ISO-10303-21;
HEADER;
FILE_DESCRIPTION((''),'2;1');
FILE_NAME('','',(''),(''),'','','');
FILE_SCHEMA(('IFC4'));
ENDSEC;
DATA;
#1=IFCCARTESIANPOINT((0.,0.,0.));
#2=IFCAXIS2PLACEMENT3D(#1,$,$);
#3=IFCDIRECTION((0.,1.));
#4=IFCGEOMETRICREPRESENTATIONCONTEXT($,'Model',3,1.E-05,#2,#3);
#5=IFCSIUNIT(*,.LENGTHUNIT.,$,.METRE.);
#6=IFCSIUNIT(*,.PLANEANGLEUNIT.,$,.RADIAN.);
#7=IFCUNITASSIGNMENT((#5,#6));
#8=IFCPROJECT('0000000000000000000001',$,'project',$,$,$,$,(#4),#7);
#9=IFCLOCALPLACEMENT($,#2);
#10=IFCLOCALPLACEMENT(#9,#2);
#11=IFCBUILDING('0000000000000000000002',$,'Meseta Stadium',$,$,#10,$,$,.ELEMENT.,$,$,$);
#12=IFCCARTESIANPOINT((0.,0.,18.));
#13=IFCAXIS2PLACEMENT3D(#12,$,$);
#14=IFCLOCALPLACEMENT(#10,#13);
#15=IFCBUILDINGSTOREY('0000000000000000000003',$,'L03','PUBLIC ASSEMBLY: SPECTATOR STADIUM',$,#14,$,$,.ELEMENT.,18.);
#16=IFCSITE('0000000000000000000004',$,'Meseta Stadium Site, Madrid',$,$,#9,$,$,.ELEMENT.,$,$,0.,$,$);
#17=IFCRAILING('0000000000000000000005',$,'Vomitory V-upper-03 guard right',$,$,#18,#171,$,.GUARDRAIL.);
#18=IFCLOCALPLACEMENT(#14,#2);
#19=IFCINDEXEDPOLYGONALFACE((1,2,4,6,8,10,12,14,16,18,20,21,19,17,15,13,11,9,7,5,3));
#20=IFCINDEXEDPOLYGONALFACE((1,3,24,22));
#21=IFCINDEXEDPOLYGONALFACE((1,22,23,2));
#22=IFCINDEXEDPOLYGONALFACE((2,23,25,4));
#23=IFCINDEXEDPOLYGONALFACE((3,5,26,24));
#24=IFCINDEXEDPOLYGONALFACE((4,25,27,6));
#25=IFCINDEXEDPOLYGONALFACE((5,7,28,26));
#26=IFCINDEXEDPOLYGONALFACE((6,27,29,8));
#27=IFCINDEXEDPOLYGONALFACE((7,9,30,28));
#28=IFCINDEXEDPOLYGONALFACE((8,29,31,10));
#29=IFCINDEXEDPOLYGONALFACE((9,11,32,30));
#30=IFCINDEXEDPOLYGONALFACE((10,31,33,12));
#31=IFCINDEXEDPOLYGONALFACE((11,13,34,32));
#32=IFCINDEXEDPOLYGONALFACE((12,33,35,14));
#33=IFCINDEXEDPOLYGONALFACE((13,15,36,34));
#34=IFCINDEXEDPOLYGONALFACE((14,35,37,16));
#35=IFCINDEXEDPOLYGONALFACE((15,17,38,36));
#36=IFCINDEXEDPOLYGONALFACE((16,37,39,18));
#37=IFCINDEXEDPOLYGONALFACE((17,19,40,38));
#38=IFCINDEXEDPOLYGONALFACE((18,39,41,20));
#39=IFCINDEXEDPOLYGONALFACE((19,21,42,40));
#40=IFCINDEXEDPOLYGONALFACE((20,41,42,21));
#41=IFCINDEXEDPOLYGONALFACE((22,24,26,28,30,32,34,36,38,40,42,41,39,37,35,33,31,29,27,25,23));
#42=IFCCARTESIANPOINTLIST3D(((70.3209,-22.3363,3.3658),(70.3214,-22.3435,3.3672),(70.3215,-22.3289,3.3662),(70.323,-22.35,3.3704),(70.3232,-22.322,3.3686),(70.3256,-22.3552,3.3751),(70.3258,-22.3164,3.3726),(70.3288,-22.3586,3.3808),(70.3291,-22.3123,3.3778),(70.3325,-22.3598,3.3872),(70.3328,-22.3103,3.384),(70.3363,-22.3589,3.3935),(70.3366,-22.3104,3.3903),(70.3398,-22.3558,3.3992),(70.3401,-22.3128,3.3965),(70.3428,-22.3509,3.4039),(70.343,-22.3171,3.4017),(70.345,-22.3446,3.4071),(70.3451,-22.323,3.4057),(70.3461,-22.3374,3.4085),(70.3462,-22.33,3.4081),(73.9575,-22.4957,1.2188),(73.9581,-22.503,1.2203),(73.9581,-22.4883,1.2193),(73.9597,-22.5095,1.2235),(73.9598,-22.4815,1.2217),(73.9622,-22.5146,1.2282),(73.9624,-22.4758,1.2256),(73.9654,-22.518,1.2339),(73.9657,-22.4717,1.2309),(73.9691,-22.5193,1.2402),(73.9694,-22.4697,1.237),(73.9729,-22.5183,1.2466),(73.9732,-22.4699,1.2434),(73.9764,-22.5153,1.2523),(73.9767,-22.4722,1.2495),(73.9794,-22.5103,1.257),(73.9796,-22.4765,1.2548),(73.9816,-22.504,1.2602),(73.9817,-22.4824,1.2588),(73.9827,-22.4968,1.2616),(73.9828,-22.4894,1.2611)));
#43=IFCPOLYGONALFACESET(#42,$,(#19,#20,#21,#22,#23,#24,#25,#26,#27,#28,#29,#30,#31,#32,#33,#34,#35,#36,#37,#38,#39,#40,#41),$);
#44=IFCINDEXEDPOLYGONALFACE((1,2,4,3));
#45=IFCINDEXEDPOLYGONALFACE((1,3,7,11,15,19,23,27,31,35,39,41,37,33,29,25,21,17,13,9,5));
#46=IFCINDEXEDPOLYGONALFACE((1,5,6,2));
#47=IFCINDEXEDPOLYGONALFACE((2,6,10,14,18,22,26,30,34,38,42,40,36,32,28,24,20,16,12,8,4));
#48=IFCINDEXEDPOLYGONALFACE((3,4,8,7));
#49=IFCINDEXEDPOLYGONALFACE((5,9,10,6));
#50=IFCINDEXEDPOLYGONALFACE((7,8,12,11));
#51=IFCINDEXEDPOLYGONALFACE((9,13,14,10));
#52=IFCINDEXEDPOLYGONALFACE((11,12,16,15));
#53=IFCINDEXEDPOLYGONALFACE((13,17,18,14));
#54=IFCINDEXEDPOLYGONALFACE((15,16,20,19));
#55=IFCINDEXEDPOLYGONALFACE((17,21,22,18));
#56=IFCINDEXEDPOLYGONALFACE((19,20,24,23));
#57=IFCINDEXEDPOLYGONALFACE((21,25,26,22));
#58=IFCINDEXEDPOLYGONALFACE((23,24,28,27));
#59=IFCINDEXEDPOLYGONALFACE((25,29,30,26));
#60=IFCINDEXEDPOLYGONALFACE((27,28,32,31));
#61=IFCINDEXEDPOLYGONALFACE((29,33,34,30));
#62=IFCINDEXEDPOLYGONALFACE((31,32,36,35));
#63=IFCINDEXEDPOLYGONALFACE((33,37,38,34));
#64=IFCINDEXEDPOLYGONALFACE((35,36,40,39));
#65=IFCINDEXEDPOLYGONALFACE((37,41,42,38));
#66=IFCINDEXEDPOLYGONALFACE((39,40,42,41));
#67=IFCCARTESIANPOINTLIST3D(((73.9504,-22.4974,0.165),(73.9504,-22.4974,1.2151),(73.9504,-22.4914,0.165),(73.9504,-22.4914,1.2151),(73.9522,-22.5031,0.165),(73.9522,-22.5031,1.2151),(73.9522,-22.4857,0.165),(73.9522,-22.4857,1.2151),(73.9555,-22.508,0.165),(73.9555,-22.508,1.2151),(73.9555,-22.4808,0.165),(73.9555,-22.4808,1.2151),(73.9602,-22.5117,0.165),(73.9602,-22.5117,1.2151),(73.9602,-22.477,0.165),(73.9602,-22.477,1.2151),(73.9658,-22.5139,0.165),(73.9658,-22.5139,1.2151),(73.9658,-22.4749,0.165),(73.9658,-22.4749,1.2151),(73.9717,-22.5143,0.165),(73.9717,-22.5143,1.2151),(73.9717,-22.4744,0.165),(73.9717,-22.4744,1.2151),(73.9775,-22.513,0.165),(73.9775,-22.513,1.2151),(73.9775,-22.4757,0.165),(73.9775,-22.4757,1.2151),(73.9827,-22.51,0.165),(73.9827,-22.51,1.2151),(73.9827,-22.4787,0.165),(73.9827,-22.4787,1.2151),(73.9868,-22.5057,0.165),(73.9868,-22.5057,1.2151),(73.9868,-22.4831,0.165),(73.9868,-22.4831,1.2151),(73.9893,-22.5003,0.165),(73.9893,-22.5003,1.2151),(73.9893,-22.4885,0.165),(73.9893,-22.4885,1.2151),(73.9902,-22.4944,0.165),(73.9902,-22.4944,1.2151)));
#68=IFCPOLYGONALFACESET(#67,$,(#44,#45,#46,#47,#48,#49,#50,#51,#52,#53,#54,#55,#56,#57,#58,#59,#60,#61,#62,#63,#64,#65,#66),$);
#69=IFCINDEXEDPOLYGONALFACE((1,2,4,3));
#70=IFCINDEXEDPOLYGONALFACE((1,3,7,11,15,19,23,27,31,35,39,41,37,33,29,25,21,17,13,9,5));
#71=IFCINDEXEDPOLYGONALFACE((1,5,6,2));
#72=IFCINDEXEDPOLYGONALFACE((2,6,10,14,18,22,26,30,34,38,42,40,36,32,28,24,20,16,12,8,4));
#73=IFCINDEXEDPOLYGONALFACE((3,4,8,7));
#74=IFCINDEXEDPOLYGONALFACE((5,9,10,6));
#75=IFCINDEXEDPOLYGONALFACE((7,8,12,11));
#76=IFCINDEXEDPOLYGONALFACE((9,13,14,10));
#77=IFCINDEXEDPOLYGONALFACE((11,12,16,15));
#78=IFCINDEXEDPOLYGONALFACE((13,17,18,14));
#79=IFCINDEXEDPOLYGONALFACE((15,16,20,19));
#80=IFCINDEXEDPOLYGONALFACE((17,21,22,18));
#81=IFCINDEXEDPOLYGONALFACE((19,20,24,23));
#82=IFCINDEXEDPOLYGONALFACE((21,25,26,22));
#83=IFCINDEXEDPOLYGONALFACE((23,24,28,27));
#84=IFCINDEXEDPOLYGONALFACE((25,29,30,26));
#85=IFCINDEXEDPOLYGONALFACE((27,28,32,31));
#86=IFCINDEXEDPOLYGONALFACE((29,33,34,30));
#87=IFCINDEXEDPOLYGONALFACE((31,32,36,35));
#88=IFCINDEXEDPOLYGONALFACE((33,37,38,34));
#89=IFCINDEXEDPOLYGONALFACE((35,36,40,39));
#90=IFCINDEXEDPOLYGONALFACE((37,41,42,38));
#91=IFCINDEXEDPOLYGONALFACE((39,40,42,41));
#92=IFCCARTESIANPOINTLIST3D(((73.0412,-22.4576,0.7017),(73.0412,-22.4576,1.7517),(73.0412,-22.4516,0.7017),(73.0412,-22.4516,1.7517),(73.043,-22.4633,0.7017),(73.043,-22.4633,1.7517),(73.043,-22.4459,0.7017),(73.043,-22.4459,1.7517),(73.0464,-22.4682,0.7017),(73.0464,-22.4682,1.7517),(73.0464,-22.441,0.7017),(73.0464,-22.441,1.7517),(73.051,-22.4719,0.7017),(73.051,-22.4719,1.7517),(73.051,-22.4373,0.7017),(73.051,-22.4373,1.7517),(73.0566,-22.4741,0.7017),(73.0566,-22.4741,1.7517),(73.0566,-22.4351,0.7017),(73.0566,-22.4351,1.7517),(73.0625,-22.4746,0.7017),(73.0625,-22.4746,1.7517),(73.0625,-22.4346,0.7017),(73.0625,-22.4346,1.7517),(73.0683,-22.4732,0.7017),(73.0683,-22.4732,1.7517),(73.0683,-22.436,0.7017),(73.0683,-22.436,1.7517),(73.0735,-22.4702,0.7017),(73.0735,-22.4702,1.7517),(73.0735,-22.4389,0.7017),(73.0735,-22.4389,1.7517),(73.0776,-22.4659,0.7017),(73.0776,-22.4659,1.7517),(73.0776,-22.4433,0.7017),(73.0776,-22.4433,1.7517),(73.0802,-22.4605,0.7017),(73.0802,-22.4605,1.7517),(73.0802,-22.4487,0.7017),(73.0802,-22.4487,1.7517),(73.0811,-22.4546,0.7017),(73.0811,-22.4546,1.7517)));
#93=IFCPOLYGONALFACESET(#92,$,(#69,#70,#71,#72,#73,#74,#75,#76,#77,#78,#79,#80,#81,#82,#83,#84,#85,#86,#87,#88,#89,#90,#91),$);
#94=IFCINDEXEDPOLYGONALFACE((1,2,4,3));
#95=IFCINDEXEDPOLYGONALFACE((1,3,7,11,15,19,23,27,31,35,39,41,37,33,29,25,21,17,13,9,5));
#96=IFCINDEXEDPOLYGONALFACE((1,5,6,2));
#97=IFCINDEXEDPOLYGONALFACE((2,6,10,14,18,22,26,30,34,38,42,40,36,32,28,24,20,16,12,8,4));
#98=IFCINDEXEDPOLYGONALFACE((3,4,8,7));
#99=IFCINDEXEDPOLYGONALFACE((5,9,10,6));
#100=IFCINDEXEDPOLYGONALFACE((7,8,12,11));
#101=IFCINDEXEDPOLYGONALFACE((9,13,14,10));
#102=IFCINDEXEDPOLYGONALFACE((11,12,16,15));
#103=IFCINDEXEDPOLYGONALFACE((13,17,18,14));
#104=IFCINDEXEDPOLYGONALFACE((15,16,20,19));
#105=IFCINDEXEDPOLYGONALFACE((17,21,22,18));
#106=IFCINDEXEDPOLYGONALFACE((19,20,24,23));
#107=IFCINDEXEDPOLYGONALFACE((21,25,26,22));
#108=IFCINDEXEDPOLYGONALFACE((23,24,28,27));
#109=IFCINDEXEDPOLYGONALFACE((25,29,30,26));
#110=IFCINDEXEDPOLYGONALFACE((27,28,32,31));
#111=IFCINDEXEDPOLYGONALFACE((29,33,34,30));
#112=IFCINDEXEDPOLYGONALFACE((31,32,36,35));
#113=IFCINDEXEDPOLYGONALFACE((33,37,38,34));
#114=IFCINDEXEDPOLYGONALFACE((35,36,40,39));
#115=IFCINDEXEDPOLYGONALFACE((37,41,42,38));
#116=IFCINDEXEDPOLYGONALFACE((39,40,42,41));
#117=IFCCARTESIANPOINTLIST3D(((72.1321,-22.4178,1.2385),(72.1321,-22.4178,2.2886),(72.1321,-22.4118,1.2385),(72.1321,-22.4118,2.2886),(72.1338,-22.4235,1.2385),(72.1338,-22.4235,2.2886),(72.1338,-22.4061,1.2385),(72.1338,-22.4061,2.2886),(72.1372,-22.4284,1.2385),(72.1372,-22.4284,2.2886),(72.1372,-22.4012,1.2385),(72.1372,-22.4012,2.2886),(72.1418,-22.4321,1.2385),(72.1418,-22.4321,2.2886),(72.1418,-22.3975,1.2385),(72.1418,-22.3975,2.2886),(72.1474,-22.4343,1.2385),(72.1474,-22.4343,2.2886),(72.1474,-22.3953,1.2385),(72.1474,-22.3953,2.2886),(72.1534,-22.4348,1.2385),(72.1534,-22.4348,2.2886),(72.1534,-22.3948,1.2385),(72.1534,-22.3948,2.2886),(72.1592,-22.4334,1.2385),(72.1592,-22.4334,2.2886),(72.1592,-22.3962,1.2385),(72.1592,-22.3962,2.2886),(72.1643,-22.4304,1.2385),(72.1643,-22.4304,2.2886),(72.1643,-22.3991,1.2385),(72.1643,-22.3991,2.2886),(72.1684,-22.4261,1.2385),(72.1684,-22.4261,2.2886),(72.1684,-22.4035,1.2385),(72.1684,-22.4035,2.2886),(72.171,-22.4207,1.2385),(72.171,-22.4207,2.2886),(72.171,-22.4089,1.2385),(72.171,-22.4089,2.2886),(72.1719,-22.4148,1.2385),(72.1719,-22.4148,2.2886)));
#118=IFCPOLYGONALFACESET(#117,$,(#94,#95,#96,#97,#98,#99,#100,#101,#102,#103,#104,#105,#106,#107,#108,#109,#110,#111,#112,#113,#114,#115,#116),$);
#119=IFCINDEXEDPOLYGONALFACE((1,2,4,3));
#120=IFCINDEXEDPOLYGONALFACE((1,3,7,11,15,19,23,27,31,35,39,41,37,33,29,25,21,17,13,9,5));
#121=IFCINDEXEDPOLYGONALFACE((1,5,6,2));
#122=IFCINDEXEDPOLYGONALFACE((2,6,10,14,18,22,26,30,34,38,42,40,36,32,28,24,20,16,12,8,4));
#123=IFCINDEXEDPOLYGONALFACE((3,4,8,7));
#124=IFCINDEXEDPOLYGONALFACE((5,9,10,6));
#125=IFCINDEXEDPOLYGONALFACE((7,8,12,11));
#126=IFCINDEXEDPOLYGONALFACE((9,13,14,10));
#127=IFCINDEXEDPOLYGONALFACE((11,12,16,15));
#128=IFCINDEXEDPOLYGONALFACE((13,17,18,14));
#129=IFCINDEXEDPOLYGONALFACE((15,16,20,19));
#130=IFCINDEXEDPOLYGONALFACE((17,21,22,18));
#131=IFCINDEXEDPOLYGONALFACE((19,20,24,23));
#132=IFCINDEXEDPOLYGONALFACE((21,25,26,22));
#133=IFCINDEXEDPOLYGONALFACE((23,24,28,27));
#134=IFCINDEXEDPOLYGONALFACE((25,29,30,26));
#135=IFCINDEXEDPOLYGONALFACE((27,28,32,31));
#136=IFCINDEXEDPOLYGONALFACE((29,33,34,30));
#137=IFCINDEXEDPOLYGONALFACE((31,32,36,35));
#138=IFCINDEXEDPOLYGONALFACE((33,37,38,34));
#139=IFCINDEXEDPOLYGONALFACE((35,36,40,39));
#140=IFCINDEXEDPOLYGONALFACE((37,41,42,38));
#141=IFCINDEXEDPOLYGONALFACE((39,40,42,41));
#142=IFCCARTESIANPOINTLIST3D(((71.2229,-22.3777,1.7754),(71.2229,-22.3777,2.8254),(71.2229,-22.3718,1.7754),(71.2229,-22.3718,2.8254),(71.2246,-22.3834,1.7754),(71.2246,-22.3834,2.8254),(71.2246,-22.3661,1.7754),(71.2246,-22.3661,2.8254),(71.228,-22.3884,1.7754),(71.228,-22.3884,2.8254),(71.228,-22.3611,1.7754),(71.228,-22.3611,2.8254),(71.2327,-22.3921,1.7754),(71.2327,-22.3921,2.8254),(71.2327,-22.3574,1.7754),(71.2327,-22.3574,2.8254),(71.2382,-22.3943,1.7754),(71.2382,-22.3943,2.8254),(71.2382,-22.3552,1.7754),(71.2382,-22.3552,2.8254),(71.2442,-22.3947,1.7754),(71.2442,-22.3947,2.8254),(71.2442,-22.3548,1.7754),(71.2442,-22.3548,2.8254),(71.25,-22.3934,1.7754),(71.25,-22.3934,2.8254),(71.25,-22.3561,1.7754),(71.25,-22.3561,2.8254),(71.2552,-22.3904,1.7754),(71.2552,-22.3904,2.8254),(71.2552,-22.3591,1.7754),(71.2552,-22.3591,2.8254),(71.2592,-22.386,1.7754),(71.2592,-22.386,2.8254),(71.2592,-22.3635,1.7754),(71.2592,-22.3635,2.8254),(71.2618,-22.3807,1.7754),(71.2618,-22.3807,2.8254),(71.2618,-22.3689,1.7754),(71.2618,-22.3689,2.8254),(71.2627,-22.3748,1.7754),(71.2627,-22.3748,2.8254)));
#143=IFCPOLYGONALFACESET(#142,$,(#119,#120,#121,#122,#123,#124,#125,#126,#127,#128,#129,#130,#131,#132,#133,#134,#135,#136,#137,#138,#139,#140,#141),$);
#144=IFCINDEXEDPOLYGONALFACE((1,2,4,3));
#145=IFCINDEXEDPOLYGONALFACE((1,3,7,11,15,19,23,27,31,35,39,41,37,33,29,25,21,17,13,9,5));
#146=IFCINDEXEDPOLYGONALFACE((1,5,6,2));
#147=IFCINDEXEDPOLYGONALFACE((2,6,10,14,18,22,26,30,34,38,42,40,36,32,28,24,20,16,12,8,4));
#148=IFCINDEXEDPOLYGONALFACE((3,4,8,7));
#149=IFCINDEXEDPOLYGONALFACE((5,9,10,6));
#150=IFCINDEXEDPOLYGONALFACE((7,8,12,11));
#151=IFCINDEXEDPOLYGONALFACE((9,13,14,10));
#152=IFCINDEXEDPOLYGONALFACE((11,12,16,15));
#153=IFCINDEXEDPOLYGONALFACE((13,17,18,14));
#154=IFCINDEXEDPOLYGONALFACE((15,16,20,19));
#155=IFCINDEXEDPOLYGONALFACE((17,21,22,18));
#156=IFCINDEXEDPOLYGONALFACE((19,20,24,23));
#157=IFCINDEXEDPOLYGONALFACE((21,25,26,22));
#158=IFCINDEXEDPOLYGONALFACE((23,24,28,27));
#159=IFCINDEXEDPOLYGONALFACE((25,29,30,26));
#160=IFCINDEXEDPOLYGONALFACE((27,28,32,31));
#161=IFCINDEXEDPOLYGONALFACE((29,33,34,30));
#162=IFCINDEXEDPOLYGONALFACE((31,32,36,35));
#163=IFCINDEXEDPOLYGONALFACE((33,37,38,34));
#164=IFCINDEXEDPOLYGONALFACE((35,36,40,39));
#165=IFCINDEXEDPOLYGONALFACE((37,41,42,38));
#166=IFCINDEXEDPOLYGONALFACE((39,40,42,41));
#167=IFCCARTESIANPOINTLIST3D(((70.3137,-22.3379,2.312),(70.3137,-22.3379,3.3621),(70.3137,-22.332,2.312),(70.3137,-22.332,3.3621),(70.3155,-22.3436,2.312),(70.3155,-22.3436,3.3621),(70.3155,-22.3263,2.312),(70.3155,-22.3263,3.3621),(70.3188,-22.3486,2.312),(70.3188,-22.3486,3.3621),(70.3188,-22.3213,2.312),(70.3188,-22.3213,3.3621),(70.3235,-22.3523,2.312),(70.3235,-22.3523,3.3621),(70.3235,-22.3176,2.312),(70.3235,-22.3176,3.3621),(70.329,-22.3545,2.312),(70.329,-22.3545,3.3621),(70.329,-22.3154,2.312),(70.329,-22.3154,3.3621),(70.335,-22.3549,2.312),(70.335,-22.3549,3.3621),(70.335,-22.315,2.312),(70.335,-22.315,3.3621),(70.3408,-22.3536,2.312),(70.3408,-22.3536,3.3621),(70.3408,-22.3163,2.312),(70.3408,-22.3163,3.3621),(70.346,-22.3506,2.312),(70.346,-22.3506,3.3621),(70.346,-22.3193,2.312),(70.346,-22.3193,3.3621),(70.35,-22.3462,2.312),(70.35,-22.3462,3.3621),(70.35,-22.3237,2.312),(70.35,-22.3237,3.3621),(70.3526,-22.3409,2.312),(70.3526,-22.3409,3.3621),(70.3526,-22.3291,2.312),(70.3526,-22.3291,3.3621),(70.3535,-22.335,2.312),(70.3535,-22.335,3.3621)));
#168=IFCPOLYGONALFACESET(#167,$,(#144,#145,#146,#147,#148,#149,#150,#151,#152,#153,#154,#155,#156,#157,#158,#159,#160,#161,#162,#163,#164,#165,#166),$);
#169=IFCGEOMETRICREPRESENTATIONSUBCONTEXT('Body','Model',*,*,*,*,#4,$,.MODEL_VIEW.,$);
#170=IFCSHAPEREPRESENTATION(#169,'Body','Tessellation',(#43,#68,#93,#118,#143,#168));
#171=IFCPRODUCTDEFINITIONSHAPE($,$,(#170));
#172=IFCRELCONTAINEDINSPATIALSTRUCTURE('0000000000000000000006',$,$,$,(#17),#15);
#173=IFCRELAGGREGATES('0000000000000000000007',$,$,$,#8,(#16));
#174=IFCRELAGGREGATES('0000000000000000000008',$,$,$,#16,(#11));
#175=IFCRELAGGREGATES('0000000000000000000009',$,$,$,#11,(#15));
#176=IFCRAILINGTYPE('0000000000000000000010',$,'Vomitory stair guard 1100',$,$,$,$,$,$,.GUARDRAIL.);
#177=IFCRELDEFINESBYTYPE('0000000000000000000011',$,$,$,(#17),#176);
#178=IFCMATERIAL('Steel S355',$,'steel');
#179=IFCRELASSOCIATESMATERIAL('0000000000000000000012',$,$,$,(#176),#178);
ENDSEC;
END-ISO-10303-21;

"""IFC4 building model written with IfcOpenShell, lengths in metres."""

from ifc_helpers import new_model, si_unit, direction, frame, origin, origin_2d, place, context, subcontext, project, spatial, circle, extrude, material, type_object, element, save


model = new_model("IFC4")

# Units and contexts
model_context = context("Model", 3, precision=1e-05, world=origin(), true_north=direction((0.0, 1.0)))
body_context = subcontext(model_context, "Body", "Model", "MODEL_VIEW")
ifc_project = project(units=[si_unit("LENGTHUNIT", "METRE"), si_unit("PLANEANGLEUNIT", "RADIAN")], contexts=[model_context])

# Site, building, storey
site_placement = place(None, origin())
site = spatial("IfcSite", under=ifc_project, at=site_placement, Name="Meseta Stadium Site, Madrid", CompositionType="ELEMENT", RefElevation=0.0)
building_placement = place(site_placement, origin())
building = spatial("IfcBuilding", under=site, at=building_placement, Name="Meseta Stadium", CompositionType="ELEMENT")
storey_placement = place(building_placement, frame((0.0, 0.0, 18.0)))
storey = spatial("IfcBuildingStorey", under=building, at=storey_placement, Name="L03", Description="PUBLIC ASSEMBLY: SPECTATOR STADIUM", CompositionType="ELEMENT", Elevation=18.0)

# Railing
ifc_material_1 = material(Name="Steel S355", Category="steel")
railing_type_1 = type_object("IfcRailingType", Name="Vomitory stair guard 1100", PredefinedType="GUARDRAIL", material=ifc_material_1)
railing_1_placement = place(storey_placement, frame((73.9702, -22.4944, 0.165)))
element("IfcRailing", 1, at=railing_1_placement, inside=storey, type_object=railing_type_1, Name="Vomitory V-upper-03 guard right", PredefinedType="GUARDRAIL", context=body_context, shape_type="SweptSolid", body=[
    extrude(circle(Radius=0.0249, at=origin_2d()), frame((0.0, 0.0, 1.0752), z_axis=(-0.860521, 0.037723, 0.508017), x_axis=(-0.043795, -0.999041, 0.0)), (0.0, 0.0, 1.0), 4.2261),
    extrude(circle(Radius=0.02, at=origin_2d()), origin(), (0.0, 0.0, 1.0), 1.05),
    extrude(circle(Radius=0.02, at=origin_2d()), frame((-0.9092, 0.0398, 0.5366)), (0.0, 0.0, 1.0), 1.05),
    extrude(circle(Radius=0.02, at=origin_2d()), frame((-1.8184, 0.0796, 1.0735)), (0.0, 0.0, 1.0), 1.05),
    extrude(circle(Radius=0.02, at=origin_2d()), frame((-2.7275, 0.1196, 1.6104)), (0.0, 0.0, 1.0), 1.05),
    extrude(circle(Radius=0.02, at=origin_2d()), frame((-3.6367, 0.1594, 2.147)), (0.0, 0.0, 1.0), 1.05),
])

save(model, "model.ifc")
